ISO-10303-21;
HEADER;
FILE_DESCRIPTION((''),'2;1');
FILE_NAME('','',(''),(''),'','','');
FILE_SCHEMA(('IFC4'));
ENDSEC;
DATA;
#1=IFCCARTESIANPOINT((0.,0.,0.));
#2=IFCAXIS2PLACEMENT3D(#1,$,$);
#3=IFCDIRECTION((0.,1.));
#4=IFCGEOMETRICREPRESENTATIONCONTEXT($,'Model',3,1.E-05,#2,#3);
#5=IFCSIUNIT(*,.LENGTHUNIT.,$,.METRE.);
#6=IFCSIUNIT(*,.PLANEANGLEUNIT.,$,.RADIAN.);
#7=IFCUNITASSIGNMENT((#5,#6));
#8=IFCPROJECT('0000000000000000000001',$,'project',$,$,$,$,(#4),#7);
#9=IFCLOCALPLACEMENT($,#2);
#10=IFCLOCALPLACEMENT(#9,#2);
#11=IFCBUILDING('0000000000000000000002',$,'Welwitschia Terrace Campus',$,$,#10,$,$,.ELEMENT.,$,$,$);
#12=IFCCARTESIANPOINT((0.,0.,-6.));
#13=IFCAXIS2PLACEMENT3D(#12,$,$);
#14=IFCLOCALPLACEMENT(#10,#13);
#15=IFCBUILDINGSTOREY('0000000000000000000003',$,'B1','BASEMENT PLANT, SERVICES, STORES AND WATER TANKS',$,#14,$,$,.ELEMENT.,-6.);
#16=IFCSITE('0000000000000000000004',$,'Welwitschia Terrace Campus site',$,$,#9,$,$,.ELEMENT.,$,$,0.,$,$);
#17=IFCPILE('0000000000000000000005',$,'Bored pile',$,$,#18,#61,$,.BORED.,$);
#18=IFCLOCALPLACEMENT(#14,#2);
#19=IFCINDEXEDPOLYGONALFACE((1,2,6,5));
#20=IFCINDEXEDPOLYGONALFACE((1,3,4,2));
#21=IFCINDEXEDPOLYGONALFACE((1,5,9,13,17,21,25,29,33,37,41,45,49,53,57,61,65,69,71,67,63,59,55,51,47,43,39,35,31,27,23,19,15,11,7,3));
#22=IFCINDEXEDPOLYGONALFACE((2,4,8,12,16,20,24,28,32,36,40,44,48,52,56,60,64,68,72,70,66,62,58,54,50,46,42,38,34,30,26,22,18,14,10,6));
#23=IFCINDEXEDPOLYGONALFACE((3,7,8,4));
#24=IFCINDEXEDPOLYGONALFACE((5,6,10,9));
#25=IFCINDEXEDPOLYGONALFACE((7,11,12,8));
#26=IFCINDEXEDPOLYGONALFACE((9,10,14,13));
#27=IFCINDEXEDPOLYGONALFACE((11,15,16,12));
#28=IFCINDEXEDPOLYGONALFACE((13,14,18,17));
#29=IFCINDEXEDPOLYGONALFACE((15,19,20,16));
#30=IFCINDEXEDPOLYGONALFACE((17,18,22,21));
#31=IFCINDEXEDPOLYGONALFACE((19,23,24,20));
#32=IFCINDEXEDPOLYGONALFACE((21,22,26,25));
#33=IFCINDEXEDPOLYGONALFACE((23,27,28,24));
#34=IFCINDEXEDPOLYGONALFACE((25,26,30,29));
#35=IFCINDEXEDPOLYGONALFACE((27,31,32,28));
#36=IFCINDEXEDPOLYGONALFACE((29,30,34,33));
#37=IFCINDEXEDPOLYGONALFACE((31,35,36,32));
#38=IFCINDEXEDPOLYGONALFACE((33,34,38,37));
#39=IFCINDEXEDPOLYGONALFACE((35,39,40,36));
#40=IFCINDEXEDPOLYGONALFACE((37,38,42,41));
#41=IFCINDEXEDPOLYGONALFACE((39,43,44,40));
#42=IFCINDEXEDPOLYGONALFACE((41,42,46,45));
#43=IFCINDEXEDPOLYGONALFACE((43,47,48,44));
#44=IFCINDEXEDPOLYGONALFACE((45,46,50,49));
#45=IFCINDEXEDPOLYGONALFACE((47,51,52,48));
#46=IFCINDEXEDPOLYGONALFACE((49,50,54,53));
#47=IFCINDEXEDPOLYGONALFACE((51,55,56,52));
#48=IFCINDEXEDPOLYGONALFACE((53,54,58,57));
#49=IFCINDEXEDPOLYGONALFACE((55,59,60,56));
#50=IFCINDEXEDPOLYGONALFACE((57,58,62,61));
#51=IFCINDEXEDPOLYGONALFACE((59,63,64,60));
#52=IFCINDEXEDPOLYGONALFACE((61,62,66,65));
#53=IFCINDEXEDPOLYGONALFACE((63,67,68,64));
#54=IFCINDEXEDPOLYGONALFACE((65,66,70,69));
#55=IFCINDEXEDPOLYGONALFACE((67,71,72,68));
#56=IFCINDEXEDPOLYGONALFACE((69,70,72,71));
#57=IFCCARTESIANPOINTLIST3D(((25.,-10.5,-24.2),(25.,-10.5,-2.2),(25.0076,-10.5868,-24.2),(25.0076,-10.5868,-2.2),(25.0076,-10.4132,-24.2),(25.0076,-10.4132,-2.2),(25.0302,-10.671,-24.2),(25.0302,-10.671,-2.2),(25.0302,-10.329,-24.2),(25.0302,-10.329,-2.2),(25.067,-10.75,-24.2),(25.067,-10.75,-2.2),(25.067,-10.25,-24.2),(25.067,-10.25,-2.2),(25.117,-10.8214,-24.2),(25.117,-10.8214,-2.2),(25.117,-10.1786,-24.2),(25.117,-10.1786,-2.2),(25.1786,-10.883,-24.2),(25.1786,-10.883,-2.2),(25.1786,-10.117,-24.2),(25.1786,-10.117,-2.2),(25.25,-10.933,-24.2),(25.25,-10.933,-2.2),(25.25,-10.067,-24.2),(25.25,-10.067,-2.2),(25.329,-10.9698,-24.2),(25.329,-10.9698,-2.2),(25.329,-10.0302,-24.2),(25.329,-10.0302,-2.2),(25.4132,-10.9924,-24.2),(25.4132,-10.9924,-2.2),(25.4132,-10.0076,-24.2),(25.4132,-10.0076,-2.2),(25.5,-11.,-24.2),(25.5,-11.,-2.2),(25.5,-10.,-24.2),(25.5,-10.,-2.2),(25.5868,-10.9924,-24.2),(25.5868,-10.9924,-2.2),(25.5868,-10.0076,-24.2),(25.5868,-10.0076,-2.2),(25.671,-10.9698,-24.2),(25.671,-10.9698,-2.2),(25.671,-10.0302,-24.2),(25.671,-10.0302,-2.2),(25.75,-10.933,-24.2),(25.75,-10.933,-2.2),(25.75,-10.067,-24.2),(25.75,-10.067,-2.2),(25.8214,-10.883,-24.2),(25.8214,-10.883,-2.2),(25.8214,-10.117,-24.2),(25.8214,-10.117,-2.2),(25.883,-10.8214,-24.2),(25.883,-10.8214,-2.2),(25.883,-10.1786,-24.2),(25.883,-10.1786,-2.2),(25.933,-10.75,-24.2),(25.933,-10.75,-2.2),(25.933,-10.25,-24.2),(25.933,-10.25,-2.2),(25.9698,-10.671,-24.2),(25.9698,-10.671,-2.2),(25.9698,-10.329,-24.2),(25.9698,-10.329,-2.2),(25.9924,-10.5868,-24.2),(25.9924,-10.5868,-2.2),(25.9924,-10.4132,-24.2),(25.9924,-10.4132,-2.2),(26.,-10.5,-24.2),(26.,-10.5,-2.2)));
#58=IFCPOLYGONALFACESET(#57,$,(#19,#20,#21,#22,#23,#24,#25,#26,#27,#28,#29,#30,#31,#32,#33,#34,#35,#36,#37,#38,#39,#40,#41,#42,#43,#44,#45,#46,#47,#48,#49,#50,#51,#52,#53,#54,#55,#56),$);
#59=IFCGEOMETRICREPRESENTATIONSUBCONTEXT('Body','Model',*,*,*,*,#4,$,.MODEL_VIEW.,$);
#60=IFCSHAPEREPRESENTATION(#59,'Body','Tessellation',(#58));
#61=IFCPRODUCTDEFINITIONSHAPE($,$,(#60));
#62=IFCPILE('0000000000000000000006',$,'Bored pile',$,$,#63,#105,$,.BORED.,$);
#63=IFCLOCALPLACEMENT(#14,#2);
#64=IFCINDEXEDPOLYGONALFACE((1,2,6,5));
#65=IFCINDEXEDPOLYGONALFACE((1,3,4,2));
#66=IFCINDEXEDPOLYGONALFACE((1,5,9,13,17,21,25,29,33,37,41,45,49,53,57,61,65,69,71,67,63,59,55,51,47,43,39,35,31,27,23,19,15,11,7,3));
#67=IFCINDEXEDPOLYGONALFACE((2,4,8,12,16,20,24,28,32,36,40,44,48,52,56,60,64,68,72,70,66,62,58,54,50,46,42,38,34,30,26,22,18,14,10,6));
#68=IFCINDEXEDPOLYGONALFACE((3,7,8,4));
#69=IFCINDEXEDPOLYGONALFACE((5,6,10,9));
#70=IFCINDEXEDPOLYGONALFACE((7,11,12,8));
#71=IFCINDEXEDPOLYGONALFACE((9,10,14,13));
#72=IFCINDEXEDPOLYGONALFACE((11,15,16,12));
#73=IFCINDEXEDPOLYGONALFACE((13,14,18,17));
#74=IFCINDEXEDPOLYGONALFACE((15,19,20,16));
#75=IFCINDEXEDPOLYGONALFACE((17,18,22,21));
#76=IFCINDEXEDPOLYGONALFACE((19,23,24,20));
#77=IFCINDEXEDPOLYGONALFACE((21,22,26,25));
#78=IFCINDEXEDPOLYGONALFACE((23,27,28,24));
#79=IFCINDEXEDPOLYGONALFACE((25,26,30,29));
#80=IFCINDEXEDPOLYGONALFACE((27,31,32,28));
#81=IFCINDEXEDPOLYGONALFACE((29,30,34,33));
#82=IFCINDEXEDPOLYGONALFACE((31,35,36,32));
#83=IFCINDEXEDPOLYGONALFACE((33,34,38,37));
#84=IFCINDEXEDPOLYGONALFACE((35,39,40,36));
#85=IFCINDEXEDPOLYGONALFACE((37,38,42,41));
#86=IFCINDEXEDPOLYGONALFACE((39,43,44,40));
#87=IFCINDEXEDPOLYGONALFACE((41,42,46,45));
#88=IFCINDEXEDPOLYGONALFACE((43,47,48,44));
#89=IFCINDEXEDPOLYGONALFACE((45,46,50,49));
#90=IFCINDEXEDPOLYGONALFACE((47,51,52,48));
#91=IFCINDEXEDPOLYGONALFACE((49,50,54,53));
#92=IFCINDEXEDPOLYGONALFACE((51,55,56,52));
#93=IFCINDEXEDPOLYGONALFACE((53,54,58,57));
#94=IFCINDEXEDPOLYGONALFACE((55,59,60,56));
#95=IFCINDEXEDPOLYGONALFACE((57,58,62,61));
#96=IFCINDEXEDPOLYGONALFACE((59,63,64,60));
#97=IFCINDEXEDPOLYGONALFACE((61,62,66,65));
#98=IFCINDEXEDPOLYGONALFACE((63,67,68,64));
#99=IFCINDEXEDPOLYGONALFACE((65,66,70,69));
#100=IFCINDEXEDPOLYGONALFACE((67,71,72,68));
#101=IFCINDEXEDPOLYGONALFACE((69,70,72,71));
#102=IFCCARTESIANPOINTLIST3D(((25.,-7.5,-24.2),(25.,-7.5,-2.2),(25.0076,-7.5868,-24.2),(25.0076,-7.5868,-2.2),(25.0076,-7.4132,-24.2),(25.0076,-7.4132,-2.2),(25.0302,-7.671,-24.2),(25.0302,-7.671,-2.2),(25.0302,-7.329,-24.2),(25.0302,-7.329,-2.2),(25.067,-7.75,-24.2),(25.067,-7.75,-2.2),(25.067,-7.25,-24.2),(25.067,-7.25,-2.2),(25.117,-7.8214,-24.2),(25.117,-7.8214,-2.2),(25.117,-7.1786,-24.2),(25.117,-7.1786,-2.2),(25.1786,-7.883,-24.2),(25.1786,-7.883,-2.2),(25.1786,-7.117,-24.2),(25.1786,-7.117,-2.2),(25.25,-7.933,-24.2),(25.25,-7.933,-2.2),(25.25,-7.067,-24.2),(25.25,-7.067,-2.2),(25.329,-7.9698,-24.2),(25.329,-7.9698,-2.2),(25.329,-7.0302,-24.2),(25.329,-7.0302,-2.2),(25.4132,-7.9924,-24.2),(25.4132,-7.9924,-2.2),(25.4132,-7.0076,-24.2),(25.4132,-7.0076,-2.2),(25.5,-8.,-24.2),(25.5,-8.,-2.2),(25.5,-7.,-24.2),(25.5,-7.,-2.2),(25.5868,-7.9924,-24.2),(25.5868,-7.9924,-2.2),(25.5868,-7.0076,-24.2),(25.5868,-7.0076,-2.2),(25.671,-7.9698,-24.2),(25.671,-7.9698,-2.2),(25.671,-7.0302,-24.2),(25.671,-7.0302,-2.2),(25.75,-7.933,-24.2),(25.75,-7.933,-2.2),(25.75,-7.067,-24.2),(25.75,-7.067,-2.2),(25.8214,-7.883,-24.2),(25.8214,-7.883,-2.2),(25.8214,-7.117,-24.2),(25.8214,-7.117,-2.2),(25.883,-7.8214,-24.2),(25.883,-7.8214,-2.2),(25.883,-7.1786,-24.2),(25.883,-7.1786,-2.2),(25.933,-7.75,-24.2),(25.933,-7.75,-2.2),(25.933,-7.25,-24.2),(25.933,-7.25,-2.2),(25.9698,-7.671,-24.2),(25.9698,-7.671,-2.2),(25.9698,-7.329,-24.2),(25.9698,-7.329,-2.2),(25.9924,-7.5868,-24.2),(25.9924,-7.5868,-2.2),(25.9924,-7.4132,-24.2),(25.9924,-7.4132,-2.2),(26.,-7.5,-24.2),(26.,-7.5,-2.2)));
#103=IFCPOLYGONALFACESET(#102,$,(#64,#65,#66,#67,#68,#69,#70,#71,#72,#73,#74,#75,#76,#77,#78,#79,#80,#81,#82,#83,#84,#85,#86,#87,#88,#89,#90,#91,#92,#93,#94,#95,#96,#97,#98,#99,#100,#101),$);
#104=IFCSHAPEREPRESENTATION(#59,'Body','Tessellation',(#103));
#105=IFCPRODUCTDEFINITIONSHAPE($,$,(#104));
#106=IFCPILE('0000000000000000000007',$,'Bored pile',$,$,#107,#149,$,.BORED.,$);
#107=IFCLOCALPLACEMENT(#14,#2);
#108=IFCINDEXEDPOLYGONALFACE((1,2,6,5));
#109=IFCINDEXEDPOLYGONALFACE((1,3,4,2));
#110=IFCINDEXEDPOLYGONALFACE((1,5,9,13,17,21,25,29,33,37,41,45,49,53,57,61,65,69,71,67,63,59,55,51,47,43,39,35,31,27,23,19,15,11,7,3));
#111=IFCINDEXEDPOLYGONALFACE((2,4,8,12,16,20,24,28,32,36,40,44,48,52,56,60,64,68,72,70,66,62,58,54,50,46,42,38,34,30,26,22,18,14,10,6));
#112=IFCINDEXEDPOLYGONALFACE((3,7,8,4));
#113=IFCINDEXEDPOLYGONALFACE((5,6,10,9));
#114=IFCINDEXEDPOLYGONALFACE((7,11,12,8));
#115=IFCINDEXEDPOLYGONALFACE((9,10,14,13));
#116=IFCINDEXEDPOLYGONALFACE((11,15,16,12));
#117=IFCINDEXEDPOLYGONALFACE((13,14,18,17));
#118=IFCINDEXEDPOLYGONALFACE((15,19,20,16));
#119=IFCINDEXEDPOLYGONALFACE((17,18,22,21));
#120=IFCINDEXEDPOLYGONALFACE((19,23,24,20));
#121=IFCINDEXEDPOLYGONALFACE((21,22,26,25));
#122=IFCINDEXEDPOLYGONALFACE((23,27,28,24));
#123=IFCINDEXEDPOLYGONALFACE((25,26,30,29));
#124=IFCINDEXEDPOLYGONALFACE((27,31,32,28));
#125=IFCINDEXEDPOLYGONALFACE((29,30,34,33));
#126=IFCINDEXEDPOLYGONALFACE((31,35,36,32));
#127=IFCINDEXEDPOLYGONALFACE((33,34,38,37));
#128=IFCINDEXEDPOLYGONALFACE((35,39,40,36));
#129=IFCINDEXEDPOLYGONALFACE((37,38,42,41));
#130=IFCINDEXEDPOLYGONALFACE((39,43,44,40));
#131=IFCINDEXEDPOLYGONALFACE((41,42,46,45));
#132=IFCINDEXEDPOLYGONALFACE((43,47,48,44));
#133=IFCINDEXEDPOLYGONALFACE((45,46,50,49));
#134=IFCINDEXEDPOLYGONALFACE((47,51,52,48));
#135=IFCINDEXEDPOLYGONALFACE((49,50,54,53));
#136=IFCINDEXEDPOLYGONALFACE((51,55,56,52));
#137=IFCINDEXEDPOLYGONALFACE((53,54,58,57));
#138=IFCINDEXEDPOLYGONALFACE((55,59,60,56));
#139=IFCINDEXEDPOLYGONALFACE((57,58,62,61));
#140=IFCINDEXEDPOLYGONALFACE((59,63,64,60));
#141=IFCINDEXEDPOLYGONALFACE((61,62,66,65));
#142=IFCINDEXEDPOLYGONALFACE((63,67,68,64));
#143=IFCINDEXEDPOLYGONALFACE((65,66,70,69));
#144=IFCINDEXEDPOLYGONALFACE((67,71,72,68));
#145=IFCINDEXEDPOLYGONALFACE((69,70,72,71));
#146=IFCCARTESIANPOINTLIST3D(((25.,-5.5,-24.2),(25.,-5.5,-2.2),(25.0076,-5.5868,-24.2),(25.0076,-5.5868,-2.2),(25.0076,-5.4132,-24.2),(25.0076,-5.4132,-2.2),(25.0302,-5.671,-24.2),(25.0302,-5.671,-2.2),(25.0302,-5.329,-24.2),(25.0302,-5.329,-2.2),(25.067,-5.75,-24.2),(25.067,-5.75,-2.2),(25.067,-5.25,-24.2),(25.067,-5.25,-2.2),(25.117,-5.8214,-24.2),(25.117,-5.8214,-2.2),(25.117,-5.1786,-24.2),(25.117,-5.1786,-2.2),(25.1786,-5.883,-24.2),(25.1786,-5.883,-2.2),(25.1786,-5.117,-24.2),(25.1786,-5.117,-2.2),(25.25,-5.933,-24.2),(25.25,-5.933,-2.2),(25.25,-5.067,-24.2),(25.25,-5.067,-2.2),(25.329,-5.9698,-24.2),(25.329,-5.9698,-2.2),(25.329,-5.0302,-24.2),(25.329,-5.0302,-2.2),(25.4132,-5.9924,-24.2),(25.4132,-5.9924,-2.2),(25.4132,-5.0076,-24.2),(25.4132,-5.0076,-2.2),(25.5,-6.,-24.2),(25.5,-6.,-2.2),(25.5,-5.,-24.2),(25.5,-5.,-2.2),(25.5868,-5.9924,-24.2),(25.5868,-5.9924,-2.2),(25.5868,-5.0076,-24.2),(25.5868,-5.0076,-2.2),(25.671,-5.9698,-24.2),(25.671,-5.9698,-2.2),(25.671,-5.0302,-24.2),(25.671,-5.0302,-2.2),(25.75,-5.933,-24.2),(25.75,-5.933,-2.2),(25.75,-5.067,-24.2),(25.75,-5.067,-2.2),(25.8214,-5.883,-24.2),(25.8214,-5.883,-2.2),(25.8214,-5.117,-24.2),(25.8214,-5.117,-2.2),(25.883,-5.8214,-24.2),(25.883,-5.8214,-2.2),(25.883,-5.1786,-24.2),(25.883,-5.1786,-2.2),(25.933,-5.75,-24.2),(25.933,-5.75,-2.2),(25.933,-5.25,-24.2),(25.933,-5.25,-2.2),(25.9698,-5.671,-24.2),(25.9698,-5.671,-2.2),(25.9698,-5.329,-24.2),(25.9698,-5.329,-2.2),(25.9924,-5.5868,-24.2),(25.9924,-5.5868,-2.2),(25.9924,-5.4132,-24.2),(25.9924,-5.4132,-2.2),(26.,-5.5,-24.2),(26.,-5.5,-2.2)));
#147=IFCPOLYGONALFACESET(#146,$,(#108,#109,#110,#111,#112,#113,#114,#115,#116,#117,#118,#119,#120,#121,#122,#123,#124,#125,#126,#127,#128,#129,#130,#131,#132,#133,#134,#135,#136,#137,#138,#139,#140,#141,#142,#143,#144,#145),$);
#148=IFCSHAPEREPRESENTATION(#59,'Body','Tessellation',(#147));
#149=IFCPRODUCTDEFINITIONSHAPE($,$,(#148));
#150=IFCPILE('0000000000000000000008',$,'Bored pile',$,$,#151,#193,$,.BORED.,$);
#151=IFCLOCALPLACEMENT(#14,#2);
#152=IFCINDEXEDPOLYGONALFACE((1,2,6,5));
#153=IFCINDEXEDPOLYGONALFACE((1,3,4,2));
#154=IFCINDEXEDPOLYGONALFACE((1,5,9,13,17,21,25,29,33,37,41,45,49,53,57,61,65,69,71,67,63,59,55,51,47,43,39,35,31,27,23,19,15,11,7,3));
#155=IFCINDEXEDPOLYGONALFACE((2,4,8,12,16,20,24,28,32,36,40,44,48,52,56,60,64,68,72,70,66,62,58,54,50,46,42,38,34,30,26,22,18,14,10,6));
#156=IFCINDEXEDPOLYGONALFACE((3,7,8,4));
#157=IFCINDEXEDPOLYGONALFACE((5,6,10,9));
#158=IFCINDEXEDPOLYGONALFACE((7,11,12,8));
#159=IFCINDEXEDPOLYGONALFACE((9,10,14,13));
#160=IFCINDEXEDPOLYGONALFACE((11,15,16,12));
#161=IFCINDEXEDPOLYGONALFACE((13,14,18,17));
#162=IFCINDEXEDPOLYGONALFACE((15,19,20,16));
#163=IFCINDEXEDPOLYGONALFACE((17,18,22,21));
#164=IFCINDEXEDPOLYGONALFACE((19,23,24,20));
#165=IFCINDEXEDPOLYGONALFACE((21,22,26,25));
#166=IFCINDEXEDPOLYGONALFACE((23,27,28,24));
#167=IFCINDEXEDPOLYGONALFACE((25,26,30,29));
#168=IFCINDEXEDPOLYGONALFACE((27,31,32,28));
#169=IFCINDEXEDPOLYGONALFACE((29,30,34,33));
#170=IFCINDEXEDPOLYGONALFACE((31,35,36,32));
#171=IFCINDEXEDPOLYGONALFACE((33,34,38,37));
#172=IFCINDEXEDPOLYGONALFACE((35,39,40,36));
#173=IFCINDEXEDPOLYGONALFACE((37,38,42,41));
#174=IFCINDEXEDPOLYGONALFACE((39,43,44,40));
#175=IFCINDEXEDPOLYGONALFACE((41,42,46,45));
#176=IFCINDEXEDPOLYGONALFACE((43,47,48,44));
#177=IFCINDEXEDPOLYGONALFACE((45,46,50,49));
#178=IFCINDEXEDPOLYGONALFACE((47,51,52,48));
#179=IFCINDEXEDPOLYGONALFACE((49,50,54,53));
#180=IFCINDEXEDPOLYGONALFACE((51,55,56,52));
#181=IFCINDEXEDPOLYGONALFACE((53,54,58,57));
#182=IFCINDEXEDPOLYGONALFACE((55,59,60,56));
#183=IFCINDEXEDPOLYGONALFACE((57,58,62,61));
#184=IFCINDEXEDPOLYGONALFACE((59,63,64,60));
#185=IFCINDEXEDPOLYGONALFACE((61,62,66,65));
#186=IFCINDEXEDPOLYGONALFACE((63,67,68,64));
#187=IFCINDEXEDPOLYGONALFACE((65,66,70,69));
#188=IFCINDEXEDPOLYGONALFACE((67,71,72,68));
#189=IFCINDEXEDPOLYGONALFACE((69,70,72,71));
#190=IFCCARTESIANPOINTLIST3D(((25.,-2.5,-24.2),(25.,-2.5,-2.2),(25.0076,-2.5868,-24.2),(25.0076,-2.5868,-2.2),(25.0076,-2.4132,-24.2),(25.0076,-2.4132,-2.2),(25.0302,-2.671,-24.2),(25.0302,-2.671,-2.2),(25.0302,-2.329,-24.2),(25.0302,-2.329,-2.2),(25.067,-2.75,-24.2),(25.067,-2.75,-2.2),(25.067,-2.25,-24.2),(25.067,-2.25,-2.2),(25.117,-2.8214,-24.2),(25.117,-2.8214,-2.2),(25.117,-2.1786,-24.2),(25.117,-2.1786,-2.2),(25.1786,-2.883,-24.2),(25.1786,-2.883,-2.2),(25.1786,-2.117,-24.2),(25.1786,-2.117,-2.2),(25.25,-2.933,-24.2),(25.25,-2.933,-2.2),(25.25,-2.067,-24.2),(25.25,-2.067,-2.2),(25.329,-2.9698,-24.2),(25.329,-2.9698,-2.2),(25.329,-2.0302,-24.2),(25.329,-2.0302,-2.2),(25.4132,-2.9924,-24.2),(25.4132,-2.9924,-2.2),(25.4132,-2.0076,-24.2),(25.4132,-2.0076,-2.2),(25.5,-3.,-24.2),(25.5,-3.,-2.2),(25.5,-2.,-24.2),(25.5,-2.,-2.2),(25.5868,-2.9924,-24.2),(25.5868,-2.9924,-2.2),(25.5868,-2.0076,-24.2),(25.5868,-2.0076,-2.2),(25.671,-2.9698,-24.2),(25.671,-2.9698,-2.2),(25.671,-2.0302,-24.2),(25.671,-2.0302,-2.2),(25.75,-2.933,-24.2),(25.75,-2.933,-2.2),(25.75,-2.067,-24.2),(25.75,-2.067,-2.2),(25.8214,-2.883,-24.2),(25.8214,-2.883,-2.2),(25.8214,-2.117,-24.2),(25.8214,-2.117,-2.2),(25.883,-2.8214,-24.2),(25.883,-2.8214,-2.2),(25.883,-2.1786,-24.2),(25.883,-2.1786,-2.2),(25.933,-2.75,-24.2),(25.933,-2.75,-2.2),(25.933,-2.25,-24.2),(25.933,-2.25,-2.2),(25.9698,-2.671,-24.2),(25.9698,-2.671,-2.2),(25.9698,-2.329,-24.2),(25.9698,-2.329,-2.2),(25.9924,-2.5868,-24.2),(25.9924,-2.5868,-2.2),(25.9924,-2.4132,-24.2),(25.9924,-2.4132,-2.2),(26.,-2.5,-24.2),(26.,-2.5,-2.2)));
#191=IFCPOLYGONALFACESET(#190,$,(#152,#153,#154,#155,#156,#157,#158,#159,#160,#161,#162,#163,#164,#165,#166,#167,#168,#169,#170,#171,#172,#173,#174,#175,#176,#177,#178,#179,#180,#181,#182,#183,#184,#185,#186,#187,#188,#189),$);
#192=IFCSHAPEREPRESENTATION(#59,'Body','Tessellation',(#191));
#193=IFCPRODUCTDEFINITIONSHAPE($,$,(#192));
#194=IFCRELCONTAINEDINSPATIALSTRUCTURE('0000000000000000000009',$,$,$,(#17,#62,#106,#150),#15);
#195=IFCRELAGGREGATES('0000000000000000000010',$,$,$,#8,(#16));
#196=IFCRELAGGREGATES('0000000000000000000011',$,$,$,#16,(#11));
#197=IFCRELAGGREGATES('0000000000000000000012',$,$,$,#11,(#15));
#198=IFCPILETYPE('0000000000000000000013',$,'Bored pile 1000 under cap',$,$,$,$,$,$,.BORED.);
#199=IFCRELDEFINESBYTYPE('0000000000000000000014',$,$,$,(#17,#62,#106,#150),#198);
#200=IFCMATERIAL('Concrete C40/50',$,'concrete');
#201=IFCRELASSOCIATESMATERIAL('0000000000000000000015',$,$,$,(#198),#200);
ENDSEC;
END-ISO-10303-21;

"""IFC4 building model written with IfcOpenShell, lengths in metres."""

from ifc_helpers import new_model, si_unit, direction, frame, origin, origin_2d, place, context, subcontext, project, spatial, circle, extrude, material, type_object, element, save


model = new_model("IFC4")

# Units and contexts
model_context = context("Model", 3, precision=1e-05, world=origin(), true_north=direction((0.0, 1.0)))
body_context = subcontext(model_context, "Body", "Model", "MODEL_VIEW")
ifc_project = project(units=[si_unit("LENGTHUNIT", "METRE"), si_unit("PLANEANGLEUNIT", "RADIAN")], contexts=[model_context])

# Site, building, storey
site_placement = place(None, origin())
site = spatial("IfcSite", under=ifc_project, at=site_placement, Name="Welwitschia Terrace Campus site", CompositionType="ELEMENT", RefElevation=0.0)
building_placement = place(site_placement, origin())
building = spatial("IfcBuilding", under=site, at=building_placement, Name="Welwitschia Terrace Campus", CompositionType="ELEMENT")
storey_placement = place(building_placement, frame((0.0, 0.0, -6.0)))
storey = spatial("IfcBuildingStorey", under=building, at=storey_placement, Name="B1", Description="BASEMENT PLANT, SERVICES, STORES AND WATER TANKS", CompositionType="ELEMENT", Elevation=-6.0)

# Piles
ifc_material_1 = material(Name="Concrete C40/50", Category="concrete")
pile_type = type_object("IfcPileType", Name="Bored pile 1000 under cap", PredefinedType="BORED", material=ifc_material_1)
for number, where, z_axis, x_axis, name in (
    (1, (25.5, -10.5, -2.2), (0.0, 0.0, -1.0), (1.0, 0.0, 0.0), "Bored pile"),
    (2, (25.5, -7.5, -2.2), (0.0, 0.0, -1.0), (1.0, 0.0, 0.0), "Bored pile"),
    (3, (25.5, -5.5, -2.2), (0.0, 0.0, -1.0), (1.0, 0.0, 0.0), "Bored pile"),
    (4, (25.5, -2.5, -2.2), (0.0, 0.0, -1.0), (1.0, 0.0, 0.0), "Bored pile"),
):
    element("IfcPile", number, at=place(storey_placement, frame(where, z_axis=z_axis, x_axis=x_axis)), inside=storey, type_object=pile_type, Name=name, PredefinedType="BORED", context=body_context, shape_type="SweptSolid", body=[
        extrude(circle(Radius=0.5, at=origin_2d()), origin(), (0.0, 0.0, 1.0), 22.0),
    ])

save(model, "model.ifc")
